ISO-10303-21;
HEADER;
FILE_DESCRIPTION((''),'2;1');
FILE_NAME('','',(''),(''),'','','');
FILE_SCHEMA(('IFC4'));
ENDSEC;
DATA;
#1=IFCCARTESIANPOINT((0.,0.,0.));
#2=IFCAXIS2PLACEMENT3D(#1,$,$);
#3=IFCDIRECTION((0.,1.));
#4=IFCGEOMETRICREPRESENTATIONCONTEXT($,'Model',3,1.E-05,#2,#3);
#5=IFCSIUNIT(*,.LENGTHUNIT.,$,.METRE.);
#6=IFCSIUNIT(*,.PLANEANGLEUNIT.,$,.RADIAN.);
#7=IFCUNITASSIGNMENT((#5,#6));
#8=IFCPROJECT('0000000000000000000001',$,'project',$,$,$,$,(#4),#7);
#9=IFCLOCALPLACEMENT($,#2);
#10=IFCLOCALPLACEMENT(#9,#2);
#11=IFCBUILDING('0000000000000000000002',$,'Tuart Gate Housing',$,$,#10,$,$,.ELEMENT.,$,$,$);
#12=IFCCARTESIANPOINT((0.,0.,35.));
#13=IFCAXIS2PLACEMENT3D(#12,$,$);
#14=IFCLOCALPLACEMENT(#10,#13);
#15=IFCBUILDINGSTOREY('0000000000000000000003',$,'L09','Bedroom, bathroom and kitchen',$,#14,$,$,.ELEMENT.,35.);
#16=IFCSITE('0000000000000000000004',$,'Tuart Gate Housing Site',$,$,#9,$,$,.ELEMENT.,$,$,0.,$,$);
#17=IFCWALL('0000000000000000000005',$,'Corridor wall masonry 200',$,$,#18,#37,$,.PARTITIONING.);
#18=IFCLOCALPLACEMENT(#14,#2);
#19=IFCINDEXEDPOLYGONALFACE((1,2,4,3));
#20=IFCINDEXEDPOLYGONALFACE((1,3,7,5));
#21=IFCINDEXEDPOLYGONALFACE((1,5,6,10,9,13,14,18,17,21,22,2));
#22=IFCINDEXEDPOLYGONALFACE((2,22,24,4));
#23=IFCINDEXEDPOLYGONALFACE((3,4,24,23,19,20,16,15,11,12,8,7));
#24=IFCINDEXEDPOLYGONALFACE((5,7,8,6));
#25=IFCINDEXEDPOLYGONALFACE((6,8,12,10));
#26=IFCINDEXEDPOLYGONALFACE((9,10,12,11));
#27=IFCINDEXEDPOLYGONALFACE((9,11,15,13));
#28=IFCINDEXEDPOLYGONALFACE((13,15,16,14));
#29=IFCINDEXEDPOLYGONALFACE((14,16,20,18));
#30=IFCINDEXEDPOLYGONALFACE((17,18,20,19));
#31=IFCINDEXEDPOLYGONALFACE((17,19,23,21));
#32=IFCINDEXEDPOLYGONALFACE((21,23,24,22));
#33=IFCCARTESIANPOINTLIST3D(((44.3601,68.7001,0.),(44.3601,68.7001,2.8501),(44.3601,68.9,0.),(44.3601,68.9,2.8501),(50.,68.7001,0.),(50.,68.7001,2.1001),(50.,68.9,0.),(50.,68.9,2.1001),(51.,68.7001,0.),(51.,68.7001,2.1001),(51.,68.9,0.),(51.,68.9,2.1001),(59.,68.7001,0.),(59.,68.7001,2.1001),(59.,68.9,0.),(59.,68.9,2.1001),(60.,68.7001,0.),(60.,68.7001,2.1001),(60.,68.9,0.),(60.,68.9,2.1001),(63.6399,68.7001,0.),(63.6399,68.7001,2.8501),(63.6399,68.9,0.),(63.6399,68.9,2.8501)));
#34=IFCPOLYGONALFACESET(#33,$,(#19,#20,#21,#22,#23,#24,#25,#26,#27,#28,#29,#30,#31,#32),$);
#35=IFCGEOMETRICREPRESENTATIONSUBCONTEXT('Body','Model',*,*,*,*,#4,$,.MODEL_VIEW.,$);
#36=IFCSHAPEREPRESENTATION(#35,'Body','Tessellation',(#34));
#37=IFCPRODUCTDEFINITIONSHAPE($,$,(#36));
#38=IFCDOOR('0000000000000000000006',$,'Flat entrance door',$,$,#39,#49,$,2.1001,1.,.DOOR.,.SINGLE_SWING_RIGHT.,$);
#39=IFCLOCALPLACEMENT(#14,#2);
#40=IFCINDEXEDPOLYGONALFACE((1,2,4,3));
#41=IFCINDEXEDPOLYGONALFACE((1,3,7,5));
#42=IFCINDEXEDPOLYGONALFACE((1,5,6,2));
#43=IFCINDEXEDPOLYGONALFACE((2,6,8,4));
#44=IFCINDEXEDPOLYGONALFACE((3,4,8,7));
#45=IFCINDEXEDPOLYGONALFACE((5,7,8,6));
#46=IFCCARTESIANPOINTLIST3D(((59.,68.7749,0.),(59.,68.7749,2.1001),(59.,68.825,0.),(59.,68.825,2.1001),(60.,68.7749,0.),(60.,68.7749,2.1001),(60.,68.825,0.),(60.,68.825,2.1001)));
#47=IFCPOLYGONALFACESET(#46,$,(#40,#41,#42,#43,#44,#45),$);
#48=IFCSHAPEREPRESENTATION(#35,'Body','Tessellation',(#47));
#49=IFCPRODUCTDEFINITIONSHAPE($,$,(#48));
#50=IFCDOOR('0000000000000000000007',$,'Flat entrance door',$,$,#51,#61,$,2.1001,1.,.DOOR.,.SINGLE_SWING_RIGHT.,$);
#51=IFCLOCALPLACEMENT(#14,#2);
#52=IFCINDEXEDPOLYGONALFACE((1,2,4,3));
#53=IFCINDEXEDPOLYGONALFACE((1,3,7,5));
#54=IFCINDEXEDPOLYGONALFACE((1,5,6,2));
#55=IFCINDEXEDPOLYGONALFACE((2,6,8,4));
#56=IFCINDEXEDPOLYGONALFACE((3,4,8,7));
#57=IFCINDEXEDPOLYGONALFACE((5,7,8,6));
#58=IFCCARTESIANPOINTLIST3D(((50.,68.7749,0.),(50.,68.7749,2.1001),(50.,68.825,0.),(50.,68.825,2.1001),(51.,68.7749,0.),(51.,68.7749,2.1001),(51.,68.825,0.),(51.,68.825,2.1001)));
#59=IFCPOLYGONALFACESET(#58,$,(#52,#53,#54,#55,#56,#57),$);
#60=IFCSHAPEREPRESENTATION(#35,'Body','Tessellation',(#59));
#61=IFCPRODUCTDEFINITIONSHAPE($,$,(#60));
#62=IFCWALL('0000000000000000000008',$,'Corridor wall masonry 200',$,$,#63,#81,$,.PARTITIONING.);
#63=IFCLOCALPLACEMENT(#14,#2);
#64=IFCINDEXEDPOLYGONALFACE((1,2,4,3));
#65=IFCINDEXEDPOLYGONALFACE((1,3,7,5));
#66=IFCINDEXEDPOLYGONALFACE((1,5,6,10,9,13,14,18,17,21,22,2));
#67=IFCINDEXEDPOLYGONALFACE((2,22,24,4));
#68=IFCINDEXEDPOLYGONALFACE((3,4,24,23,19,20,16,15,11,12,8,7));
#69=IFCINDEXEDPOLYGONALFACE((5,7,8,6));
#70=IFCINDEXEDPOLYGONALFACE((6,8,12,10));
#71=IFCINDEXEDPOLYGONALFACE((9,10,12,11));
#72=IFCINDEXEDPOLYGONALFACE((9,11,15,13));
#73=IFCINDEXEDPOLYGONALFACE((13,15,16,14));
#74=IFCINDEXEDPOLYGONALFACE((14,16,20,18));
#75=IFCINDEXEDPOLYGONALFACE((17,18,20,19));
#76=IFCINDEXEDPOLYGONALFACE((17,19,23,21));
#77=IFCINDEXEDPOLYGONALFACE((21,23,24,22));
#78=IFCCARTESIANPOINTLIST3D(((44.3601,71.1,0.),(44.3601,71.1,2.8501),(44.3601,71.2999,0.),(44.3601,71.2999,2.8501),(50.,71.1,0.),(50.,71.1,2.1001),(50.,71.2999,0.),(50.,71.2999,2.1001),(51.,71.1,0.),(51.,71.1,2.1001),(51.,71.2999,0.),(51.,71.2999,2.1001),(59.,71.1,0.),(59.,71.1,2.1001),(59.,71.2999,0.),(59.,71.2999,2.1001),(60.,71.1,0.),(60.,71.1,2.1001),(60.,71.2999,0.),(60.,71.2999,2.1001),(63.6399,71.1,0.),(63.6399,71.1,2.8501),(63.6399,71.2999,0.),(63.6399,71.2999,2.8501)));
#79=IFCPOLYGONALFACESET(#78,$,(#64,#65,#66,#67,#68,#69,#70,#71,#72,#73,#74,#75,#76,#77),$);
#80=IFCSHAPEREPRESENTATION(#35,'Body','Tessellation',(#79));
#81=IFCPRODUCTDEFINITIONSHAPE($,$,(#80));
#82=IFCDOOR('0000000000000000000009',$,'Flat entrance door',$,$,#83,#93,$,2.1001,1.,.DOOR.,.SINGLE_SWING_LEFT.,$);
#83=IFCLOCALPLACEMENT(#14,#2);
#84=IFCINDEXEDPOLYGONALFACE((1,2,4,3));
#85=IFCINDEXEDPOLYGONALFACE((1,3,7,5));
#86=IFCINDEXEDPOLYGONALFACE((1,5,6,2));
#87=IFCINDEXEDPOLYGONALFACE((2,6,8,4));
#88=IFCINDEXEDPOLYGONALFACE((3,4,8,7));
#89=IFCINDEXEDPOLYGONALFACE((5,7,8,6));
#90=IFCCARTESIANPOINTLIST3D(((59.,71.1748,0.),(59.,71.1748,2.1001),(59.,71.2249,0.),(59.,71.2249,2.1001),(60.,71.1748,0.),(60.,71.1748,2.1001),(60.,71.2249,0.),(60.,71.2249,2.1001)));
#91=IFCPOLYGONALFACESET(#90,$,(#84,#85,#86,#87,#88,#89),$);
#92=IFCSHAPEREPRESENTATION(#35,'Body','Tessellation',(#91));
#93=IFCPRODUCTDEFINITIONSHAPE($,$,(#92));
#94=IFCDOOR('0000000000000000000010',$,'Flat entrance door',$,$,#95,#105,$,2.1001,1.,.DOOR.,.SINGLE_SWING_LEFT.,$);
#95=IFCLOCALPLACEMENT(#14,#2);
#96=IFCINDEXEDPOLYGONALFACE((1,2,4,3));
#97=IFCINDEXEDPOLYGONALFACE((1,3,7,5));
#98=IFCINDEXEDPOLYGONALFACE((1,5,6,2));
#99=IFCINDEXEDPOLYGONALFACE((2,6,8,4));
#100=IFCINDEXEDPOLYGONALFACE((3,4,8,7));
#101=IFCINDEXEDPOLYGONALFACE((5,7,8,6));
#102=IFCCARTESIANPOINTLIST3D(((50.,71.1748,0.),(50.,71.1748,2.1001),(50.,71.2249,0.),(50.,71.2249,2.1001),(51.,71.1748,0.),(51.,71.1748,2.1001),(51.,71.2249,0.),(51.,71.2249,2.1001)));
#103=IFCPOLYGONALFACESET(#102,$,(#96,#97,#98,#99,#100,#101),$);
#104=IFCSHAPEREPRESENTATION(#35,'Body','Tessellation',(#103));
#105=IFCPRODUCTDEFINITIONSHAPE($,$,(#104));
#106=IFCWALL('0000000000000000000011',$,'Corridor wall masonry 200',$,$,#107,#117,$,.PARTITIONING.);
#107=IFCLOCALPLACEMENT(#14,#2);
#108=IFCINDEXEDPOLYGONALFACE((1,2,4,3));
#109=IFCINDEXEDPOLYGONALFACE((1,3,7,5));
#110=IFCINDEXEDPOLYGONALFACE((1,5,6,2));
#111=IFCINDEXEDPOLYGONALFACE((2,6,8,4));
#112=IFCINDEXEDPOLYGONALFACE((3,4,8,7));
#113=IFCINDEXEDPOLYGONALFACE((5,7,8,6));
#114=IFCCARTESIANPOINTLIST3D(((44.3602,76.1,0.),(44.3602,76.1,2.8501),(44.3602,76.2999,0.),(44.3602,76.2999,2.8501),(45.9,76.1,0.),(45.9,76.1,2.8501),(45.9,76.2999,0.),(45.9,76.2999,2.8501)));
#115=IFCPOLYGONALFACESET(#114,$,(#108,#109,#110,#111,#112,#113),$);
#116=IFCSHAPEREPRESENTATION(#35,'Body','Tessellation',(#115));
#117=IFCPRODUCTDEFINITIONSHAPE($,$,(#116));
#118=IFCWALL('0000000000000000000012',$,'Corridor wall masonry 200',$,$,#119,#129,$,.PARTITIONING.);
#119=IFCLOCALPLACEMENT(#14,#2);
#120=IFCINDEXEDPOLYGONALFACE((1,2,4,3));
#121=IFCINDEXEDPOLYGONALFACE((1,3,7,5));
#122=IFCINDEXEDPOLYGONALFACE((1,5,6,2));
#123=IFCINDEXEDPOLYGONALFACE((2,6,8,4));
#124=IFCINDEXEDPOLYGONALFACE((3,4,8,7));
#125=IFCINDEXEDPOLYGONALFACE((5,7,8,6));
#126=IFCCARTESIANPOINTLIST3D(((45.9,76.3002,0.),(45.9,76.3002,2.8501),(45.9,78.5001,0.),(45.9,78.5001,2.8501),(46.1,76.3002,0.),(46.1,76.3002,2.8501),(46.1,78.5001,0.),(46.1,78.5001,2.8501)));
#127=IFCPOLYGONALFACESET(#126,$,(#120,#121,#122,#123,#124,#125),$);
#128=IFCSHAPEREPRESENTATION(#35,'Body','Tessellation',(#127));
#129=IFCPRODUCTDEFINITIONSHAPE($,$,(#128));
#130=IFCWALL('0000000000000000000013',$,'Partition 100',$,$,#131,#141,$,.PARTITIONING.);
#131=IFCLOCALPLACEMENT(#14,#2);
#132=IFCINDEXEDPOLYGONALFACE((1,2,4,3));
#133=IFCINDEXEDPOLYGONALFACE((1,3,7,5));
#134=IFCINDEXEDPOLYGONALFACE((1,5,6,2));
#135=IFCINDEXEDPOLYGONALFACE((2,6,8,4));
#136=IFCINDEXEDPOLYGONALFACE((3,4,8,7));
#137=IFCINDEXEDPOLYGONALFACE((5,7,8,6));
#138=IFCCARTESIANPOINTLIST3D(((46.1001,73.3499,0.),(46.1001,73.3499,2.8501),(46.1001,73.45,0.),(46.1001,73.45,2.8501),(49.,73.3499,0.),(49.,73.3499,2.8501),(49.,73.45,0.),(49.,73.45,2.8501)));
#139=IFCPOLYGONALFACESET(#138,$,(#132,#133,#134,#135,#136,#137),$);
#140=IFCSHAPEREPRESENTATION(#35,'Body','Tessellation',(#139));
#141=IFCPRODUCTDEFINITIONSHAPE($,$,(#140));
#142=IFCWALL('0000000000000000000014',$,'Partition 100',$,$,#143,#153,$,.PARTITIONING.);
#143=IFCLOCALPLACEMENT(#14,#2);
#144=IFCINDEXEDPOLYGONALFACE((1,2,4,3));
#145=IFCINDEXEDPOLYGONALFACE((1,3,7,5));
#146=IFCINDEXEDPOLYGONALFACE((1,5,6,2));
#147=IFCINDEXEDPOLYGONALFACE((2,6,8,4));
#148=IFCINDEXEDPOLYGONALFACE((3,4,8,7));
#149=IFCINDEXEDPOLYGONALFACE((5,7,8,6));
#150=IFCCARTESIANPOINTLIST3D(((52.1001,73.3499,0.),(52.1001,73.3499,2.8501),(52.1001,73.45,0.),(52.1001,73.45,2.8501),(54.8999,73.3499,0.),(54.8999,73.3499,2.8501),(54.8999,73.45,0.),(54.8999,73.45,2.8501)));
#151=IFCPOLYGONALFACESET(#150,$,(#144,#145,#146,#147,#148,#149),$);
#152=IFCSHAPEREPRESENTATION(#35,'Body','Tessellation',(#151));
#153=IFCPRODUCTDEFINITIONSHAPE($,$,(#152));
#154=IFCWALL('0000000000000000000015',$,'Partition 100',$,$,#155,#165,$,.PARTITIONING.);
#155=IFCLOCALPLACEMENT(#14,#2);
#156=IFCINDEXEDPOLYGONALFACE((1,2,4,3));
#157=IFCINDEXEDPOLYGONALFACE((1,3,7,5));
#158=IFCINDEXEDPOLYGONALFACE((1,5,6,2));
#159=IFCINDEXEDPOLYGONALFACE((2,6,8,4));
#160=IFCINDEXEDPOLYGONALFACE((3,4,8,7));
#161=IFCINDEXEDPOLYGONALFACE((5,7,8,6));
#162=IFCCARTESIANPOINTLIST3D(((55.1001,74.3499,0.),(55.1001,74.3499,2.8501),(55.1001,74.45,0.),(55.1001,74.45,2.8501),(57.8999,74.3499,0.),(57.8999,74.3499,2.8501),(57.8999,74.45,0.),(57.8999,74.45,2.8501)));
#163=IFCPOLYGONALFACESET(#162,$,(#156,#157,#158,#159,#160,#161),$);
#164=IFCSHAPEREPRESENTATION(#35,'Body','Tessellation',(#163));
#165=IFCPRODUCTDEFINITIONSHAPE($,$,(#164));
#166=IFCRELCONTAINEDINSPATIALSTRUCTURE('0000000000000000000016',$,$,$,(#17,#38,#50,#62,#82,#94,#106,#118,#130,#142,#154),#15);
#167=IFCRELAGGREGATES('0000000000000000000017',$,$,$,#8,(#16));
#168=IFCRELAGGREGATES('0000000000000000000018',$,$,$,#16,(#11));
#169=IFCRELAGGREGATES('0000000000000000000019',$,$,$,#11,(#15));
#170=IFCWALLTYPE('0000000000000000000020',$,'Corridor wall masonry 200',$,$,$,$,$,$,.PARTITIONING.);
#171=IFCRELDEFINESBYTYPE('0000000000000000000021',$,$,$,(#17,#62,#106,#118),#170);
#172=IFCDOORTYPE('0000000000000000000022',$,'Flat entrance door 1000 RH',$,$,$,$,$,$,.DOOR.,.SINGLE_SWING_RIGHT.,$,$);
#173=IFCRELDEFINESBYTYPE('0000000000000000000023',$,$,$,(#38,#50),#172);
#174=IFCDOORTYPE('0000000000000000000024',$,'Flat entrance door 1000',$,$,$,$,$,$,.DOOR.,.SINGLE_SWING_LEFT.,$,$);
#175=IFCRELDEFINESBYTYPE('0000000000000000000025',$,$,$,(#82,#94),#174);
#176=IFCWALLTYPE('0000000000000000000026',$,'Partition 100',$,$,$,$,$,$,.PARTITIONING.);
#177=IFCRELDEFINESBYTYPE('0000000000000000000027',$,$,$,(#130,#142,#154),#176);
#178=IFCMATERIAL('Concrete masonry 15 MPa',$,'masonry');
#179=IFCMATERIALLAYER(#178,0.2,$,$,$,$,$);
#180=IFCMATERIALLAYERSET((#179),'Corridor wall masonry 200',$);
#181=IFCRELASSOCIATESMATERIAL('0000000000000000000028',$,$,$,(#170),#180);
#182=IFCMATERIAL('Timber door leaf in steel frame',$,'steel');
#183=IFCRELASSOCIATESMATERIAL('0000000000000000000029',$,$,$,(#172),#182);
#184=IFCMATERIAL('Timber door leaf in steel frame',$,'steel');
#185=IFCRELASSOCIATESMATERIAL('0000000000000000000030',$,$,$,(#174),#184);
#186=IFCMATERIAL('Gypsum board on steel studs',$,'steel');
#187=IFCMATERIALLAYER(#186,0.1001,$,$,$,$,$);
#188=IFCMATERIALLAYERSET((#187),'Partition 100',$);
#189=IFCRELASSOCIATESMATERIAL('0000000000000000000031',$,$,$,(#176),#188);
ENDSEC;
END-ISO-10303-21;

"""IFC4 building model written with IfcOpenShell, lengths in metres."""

from ifc_helpers import new_model, si_unit, direction, frame, frame_2d, origin, place, context, subcontext, project, spatial, rectangle, extrude, material, layer, layer_set, type_object, element, fill, save


model = new_model("IFC4")

# Units and contexts
model_context = context("Model", 3, precision=1e-05, world=origin(), true_north=direction((0.0, 1.0)))
body_context = subcontext(model_context, "Body", "Model", "MODEL_VIEW")
ifc_project = project(units=[si_unit("LENGTHUNIT", "METRE"), si_unit("PLANEANGLEUNIT", "RADIAN")], contexts=[model_context])

# Site, building, storey
site_placement = place(None, origin())
site = spatial("IfcSite", under=ifc_project, at=site_placement, Name="Tuart Gate Housing Site", CompositionType="ELEMENT", RefElevation=0.0)
building_placement = place(site_placement, origin())
building = spatial("IfcBuilding", under=site, at=building_placement, Name="Tuart Gate Housing", CompositionType="ELEMENT")
storey_placement = place(building_placement, frame((0.0, 0.0, 35.0)))
storey = spatial("IfcBuildingStorey", under=building, at=storey_placement, Name="L09", Description="Bedroom, bathroom and kitchen", CompositionType="ELEMENT", Elevation=35.0)

# Walls, openings, doors
ifc_material_1 = material(Name="Concrete masonry 15 MPa", Category="masonry")
ifc_layer_1 = layer(ifc_material_1, 0.2)
ifc_layer_set_1 = layer_set([ifc_layer_1], Name="Corridor wall masonry 200")
wall_type_1 = type_object("IfcWallType", Name="Corridor wall masonry 200", PredefinedType="PARTITIONING", material=ifc_layer_set_1)
wall_1_placement = place(storey_placement, frame((44.3601, 68.8, 0.0), z_axis=(0.0, 0.0, 1.0), x_axis=(1.0, 0.0, 0.0)))
wall_1 = element("IfcWall", 1, at=wall_1_placement, inside=storey, type_object=wall_type_1, Name="Corridor wall masonry 200", PredefinedType="PARTITIONING", context=body_context, shape_type="SweptSolid", body=[
    extrude(rectangle(XDim=19.2798, YDim=0.2, at=frame_2d((9.6399, 0.0))), origin(), (0.0, 0.0, 1.0), 2.8501),
])
opening_1_placement = place(wall_1_placement, frame((14.6399, 0.0, 0.0)))
opening_1 = element("IfcOpeningElement", 2, at=opening_1_placement, cuts=wall_1, PredefinedType="OPENING", context=body_context, shape_type="SweptSolid", body=[
    extrude(rectangle(XDim=1.0, YDim=2.1001, at=frame_2d((0.5, 1.05))), frame((0.0, 0.1099, 0.0), z_axis=(0.0, -1.0, 0.0), x_axis=(1.0, 0.0, 0.0)), (0.0, 0.0, 1.0), 0.22),
])
opening_2_placement = place(wall_1_placement, frame((5.6399, 0.0, 0.0)))
opening_2 = element("IfcOpeningElement", 3, at=opening_2_placement, cuts=wall_1, PredefinedType="OPENING", context=body_context, shape_type="SweptSolid", body=[
    extrude(rectangle(XDim=1.0, YDim=2.1001, at=frame_2d((0.5, 1.05))), frame((0.0, 0.1099, 0.0), z_axis=(0.0, -1.0, 0.0), x_axis=(1.0, 0.0, 0.0)), (0.0, 0.0, 1.0), 0.22),
])
ifc_material_2 = material(Name="Timber door leaf in steel frame", Category="steel")
door_type_1 = type_object("IfcDoorType", Name="Flat entrance door 1000 RH", OperationType="SINGLE_SWING_RIGHT", PredefinedType="DOOR", material=ifc_material_2)
door_1_placement = place(opening_1_placement, frame((1.0, 0.0, 0.0), z_axis=(0.0, 0.0, 1.0), x_axis=(-1.0, 0.0, 0.0)))
door_1 = element("IfcDoor", 4, at=door_1_placement, inside=storey, type_object=door_type_1, Name="Flat entrance door", OperationType="SINGLE_SWING_RIGHT", OverallHeight=2.1001, OverallWidth=1.0, PredefinedType="DOOR", context=body_context, shape_type="SweptSolid", body=[
    extrude(rectangle(XDim=1.0, YDim=2.1001, at=frame_2d((0.5, 1.05))), frame((0.0, 0.0251, 0.0), z_axis=(0.0, -1.0, 0.0), x_axis=(1.0, 0.0, 0.0)), (0.0, 0.0, 1.0), 0.05),
])
fill(opening_1, door_1)
door_2_placement = place(opening_2_placement, frame((1.0, 0.0, 0.0), z_axis=(0.0, 0.0, 1.0), x_axis=(-1.0, 0.0, 0.0)))
door_2 = element("IfcDoor", 5, at=door_2_placement, inside=storey, type_object=door_type_1, Name="Flat entrance door", OperationType="SINGLE_SWING_RIGHT", OverallHeight=2.1001, OverallWidth=1.0, PredefinedType="DOOR", context=body_context, shape_type="SweptSolid", body=[
    extrude(rectangle(XDim=1.0, YDim=2.1001, at=frame_2d((0.5, 1.05))), frame((0.0, 0.0251, 0.0), z_axis=(0.0, -1.0, 0.0), x_axis=(1.0, 0.0, 0.0)), (0.0, 0.0, 1.0), 0.05),
])
fill(opening_2, door_2)
wall_2_placement = place(storey_placement, frame((44.3601, 71.2, 0.0), z_axis=(0.0, 0.0, 1.0), x_axis=(1.0, 0.0, 0.0)))
wall_2 = element("IfcWall", 6, at=wall_2_placement, inside=storey, type_object=wall_type_1, Name="Corridor wall masonry 200", PredefinedType="PARTITIONING", context=body_context, shape_type="SweptSolid", body=[
    extrude(rectangle(XDim=19.2798, YDim=0.2, at=frame_2d((9.6399, 0.0))), origin(), (0.0, 0.0, 1.0), 2.8501),
])
opening_3_placement = place(wall_2_placement, frame((14.6399, 0.0, 0.0)))
opening_3 = element("IfcOpeningElement", 7, at=opening_3_placement, cuts=wall_2, PredefinedType="OPENING", context=body_context, shape_type="SweptSolid", body=[
    extrude(rectangle(XDim=1.0, YDim=2.1001, at=frame_2d((0.5, 1.05))), frame((0.0, 0.1099, 0.0), z_axis=(0.0, -1.0, 0.0), x_axis=(1.0, 0.0, 0.0)), (0.0, 0.0, 1.0), 0.22),
])
opening_4_placement = place(wall_2_placement, frame((5.6399, 0.0, 0.0)))
opening_4 = element("IfcOpeningElement", 8, at=opening_4_placement, cuts=wall_2, PredefinedType="OPENING", context=body_context, shape_type="SweptSolid", body=[
    extrude(rectangle(XDim=1.0, YDim=2.1001, at=frame_2d((0.5, 1.05))), frame((0.0, 0.1099, 0.0), z_axis=(0.0, -1.0, 0.0), x_axis=(1.0, 0.0, 0.0)), (0.0, 0.0, 1.0), 0.22),
])
ifc_material_3 = material(Name="Timber door leaf in steel frame", Category="steel")
door_type_2 = type_object("IfcDoorType", Name="Flat entrance door 1000", OperationType="SINGLE_SWING_LEFT", PredefinedType="DOOR", material=ifc_material_3)
door_3_placement = place(opening_3_placement, origin())
door_3 = element("IfcDoor", 9, at=door_3_placement, inside=storey, type_object=door_type_2, Name="Flat entrance door", OperationType="SINGLE_SWING_LEFT", OverallHeight=2.1001, OverallWidth=1.0, PredefinedType="DOOR", context=body_context, shape_type="SweptSolid", body=[
    extrude(rectangle(XDim=1.0, YDim=2.1001, at=frame_2d((0.5, 1.05))), frame((0.0, 0.0249, 0.0), z_axis=(0.0, -1.0, 0.0), x_axis=(1.0, 0.0, 0.0)), (0.0, 0.0, 1.0), 0.05),
])
fill(opening_3, door_3)
door_4_placement = place(opening_4_placement, origin())
door_4 = element("IfcDoor", 10, at=door_4_placement, inside=storey, type_object=door_type_2, Name="Flat entrance door", OperationType="SINGLE_SWING_LEFT", OverallHeight=2.1001, OverallWidth=1.0, PredefinedType="DOOR", context=body_context, shape_type="SweptSolid", body=[
    extrude(rectangle(XDim=1.0, YDim=2.1001, at=frame_2d((0.5, 1.05))), frame((0.0, 0.0249, 0.0), z_axis=(0.0, -1.0, 0.0), x_axis=(1.0, 0.0, 0.0)), (0.0, 0.0, 1.0), 0.05),
])
fill(opening_4, door_4)

# Walls
wall_3_placement = place(storey_placement, frame((44.3601, 76.2, 0.0), z_axis=(0.0, 0.0, 1.0), x_axis=(1.0, 0.0, 0.0)))
element("IfcWall", 11, at=wall_3_placement, inside=storey, type_object=wall_type_1, Name="Corridor wall masonry 200", PredefinedType="PARTITIONING", context=body_context, shape_type="SweptSolid", body=[
    extrude(rectangle(XDim=1.5398, YDim=0.2, at=frame_2d((0.77, 0.0))), origin(), (0.0, 0.0, 1.0), 2.8501),
])
wall_4_placement = place(storey_placement, frame((46.0, 76.3, 0.0), z_axis=(0.0, 0.0, 1.0), x_axis=(0.0, 1.0, 0.0)))
element("IfcWall", 12, at=wall_4_placement, inside=storey, type_object=wall_type_1, Name="Corridor wall masonry 200", PredefinedType="PARTITIONING", context=body_context, shape_type="SweptSolid", body=[
    extrude(rectangle(XDim=2.2, YDim=0.2, at=frame_2d((1.1001, 0.0))), origin(), (0.0, 0.0, 1.0), 2.8501),
])
ifc_material_4 = material(Name="Gypsum board on steel studs", Category="steel")
ifc_layer_2 = layer(ifc_material_4, 0.1001)
ifc_layer_set_2 = layer_set([ifc_layer_2], Name="Partition 100")
wall_type_2 = type_object("IfcWallType", Name="Partition 100", PredefinedType="PARTITIONING", material=ifc_layer_set_2)
wall_5_placement = place(storey_placement, frame((46.1001, 73.3999, 0.0), z_axis=(0.0, 0.0, 1.0), x_axis=(1.0, 0.0, 0.0)))
element("IfcWall", 13, at=wall_5_placement, inside=storey, type_object=wall_type_2, Name="Partition 100", PredefinedType="PARTITIONING", context=body_context, shape_type="SweptSolid", body=[
    extrude(rectangle(XDim=2.8999, YDim=0.1001, at=frame_2d((1.45, 0.0))), origin(), (0.0, 0.0, 1.0), 2.8501),
])
for number, where, z_axis, x_axis, name in (
    (14, (52.1001, 73.3999, 0.0), (0.0, 0.0, 1.0), (1.0, 0.0, 0.0), "Partition 100"),
    (15, (55.1001, 74.3999, 0.0), (0.0, 0.0, 1.0), (1.0, 0.0, 0.0), "Partition 100"),
):
    element("IfcWall", number, at=place(storey_placement, frame(where, z_axis=z_axis, x_axis=x_axis)), inside=storey, type_object=wall_type_2, Name=name, PredefinedType="PARTITIONING", context=body_context, shape_type="SweptSolid", body=[
        extrude(rectangle(XDim=2.7998, YDim=0.1001, at=frame_2d((1.3999, 0.0))), origin(), (0.0, 0.0, 1.0), 2.8501),
    ])

save(model, "model.ifc")
